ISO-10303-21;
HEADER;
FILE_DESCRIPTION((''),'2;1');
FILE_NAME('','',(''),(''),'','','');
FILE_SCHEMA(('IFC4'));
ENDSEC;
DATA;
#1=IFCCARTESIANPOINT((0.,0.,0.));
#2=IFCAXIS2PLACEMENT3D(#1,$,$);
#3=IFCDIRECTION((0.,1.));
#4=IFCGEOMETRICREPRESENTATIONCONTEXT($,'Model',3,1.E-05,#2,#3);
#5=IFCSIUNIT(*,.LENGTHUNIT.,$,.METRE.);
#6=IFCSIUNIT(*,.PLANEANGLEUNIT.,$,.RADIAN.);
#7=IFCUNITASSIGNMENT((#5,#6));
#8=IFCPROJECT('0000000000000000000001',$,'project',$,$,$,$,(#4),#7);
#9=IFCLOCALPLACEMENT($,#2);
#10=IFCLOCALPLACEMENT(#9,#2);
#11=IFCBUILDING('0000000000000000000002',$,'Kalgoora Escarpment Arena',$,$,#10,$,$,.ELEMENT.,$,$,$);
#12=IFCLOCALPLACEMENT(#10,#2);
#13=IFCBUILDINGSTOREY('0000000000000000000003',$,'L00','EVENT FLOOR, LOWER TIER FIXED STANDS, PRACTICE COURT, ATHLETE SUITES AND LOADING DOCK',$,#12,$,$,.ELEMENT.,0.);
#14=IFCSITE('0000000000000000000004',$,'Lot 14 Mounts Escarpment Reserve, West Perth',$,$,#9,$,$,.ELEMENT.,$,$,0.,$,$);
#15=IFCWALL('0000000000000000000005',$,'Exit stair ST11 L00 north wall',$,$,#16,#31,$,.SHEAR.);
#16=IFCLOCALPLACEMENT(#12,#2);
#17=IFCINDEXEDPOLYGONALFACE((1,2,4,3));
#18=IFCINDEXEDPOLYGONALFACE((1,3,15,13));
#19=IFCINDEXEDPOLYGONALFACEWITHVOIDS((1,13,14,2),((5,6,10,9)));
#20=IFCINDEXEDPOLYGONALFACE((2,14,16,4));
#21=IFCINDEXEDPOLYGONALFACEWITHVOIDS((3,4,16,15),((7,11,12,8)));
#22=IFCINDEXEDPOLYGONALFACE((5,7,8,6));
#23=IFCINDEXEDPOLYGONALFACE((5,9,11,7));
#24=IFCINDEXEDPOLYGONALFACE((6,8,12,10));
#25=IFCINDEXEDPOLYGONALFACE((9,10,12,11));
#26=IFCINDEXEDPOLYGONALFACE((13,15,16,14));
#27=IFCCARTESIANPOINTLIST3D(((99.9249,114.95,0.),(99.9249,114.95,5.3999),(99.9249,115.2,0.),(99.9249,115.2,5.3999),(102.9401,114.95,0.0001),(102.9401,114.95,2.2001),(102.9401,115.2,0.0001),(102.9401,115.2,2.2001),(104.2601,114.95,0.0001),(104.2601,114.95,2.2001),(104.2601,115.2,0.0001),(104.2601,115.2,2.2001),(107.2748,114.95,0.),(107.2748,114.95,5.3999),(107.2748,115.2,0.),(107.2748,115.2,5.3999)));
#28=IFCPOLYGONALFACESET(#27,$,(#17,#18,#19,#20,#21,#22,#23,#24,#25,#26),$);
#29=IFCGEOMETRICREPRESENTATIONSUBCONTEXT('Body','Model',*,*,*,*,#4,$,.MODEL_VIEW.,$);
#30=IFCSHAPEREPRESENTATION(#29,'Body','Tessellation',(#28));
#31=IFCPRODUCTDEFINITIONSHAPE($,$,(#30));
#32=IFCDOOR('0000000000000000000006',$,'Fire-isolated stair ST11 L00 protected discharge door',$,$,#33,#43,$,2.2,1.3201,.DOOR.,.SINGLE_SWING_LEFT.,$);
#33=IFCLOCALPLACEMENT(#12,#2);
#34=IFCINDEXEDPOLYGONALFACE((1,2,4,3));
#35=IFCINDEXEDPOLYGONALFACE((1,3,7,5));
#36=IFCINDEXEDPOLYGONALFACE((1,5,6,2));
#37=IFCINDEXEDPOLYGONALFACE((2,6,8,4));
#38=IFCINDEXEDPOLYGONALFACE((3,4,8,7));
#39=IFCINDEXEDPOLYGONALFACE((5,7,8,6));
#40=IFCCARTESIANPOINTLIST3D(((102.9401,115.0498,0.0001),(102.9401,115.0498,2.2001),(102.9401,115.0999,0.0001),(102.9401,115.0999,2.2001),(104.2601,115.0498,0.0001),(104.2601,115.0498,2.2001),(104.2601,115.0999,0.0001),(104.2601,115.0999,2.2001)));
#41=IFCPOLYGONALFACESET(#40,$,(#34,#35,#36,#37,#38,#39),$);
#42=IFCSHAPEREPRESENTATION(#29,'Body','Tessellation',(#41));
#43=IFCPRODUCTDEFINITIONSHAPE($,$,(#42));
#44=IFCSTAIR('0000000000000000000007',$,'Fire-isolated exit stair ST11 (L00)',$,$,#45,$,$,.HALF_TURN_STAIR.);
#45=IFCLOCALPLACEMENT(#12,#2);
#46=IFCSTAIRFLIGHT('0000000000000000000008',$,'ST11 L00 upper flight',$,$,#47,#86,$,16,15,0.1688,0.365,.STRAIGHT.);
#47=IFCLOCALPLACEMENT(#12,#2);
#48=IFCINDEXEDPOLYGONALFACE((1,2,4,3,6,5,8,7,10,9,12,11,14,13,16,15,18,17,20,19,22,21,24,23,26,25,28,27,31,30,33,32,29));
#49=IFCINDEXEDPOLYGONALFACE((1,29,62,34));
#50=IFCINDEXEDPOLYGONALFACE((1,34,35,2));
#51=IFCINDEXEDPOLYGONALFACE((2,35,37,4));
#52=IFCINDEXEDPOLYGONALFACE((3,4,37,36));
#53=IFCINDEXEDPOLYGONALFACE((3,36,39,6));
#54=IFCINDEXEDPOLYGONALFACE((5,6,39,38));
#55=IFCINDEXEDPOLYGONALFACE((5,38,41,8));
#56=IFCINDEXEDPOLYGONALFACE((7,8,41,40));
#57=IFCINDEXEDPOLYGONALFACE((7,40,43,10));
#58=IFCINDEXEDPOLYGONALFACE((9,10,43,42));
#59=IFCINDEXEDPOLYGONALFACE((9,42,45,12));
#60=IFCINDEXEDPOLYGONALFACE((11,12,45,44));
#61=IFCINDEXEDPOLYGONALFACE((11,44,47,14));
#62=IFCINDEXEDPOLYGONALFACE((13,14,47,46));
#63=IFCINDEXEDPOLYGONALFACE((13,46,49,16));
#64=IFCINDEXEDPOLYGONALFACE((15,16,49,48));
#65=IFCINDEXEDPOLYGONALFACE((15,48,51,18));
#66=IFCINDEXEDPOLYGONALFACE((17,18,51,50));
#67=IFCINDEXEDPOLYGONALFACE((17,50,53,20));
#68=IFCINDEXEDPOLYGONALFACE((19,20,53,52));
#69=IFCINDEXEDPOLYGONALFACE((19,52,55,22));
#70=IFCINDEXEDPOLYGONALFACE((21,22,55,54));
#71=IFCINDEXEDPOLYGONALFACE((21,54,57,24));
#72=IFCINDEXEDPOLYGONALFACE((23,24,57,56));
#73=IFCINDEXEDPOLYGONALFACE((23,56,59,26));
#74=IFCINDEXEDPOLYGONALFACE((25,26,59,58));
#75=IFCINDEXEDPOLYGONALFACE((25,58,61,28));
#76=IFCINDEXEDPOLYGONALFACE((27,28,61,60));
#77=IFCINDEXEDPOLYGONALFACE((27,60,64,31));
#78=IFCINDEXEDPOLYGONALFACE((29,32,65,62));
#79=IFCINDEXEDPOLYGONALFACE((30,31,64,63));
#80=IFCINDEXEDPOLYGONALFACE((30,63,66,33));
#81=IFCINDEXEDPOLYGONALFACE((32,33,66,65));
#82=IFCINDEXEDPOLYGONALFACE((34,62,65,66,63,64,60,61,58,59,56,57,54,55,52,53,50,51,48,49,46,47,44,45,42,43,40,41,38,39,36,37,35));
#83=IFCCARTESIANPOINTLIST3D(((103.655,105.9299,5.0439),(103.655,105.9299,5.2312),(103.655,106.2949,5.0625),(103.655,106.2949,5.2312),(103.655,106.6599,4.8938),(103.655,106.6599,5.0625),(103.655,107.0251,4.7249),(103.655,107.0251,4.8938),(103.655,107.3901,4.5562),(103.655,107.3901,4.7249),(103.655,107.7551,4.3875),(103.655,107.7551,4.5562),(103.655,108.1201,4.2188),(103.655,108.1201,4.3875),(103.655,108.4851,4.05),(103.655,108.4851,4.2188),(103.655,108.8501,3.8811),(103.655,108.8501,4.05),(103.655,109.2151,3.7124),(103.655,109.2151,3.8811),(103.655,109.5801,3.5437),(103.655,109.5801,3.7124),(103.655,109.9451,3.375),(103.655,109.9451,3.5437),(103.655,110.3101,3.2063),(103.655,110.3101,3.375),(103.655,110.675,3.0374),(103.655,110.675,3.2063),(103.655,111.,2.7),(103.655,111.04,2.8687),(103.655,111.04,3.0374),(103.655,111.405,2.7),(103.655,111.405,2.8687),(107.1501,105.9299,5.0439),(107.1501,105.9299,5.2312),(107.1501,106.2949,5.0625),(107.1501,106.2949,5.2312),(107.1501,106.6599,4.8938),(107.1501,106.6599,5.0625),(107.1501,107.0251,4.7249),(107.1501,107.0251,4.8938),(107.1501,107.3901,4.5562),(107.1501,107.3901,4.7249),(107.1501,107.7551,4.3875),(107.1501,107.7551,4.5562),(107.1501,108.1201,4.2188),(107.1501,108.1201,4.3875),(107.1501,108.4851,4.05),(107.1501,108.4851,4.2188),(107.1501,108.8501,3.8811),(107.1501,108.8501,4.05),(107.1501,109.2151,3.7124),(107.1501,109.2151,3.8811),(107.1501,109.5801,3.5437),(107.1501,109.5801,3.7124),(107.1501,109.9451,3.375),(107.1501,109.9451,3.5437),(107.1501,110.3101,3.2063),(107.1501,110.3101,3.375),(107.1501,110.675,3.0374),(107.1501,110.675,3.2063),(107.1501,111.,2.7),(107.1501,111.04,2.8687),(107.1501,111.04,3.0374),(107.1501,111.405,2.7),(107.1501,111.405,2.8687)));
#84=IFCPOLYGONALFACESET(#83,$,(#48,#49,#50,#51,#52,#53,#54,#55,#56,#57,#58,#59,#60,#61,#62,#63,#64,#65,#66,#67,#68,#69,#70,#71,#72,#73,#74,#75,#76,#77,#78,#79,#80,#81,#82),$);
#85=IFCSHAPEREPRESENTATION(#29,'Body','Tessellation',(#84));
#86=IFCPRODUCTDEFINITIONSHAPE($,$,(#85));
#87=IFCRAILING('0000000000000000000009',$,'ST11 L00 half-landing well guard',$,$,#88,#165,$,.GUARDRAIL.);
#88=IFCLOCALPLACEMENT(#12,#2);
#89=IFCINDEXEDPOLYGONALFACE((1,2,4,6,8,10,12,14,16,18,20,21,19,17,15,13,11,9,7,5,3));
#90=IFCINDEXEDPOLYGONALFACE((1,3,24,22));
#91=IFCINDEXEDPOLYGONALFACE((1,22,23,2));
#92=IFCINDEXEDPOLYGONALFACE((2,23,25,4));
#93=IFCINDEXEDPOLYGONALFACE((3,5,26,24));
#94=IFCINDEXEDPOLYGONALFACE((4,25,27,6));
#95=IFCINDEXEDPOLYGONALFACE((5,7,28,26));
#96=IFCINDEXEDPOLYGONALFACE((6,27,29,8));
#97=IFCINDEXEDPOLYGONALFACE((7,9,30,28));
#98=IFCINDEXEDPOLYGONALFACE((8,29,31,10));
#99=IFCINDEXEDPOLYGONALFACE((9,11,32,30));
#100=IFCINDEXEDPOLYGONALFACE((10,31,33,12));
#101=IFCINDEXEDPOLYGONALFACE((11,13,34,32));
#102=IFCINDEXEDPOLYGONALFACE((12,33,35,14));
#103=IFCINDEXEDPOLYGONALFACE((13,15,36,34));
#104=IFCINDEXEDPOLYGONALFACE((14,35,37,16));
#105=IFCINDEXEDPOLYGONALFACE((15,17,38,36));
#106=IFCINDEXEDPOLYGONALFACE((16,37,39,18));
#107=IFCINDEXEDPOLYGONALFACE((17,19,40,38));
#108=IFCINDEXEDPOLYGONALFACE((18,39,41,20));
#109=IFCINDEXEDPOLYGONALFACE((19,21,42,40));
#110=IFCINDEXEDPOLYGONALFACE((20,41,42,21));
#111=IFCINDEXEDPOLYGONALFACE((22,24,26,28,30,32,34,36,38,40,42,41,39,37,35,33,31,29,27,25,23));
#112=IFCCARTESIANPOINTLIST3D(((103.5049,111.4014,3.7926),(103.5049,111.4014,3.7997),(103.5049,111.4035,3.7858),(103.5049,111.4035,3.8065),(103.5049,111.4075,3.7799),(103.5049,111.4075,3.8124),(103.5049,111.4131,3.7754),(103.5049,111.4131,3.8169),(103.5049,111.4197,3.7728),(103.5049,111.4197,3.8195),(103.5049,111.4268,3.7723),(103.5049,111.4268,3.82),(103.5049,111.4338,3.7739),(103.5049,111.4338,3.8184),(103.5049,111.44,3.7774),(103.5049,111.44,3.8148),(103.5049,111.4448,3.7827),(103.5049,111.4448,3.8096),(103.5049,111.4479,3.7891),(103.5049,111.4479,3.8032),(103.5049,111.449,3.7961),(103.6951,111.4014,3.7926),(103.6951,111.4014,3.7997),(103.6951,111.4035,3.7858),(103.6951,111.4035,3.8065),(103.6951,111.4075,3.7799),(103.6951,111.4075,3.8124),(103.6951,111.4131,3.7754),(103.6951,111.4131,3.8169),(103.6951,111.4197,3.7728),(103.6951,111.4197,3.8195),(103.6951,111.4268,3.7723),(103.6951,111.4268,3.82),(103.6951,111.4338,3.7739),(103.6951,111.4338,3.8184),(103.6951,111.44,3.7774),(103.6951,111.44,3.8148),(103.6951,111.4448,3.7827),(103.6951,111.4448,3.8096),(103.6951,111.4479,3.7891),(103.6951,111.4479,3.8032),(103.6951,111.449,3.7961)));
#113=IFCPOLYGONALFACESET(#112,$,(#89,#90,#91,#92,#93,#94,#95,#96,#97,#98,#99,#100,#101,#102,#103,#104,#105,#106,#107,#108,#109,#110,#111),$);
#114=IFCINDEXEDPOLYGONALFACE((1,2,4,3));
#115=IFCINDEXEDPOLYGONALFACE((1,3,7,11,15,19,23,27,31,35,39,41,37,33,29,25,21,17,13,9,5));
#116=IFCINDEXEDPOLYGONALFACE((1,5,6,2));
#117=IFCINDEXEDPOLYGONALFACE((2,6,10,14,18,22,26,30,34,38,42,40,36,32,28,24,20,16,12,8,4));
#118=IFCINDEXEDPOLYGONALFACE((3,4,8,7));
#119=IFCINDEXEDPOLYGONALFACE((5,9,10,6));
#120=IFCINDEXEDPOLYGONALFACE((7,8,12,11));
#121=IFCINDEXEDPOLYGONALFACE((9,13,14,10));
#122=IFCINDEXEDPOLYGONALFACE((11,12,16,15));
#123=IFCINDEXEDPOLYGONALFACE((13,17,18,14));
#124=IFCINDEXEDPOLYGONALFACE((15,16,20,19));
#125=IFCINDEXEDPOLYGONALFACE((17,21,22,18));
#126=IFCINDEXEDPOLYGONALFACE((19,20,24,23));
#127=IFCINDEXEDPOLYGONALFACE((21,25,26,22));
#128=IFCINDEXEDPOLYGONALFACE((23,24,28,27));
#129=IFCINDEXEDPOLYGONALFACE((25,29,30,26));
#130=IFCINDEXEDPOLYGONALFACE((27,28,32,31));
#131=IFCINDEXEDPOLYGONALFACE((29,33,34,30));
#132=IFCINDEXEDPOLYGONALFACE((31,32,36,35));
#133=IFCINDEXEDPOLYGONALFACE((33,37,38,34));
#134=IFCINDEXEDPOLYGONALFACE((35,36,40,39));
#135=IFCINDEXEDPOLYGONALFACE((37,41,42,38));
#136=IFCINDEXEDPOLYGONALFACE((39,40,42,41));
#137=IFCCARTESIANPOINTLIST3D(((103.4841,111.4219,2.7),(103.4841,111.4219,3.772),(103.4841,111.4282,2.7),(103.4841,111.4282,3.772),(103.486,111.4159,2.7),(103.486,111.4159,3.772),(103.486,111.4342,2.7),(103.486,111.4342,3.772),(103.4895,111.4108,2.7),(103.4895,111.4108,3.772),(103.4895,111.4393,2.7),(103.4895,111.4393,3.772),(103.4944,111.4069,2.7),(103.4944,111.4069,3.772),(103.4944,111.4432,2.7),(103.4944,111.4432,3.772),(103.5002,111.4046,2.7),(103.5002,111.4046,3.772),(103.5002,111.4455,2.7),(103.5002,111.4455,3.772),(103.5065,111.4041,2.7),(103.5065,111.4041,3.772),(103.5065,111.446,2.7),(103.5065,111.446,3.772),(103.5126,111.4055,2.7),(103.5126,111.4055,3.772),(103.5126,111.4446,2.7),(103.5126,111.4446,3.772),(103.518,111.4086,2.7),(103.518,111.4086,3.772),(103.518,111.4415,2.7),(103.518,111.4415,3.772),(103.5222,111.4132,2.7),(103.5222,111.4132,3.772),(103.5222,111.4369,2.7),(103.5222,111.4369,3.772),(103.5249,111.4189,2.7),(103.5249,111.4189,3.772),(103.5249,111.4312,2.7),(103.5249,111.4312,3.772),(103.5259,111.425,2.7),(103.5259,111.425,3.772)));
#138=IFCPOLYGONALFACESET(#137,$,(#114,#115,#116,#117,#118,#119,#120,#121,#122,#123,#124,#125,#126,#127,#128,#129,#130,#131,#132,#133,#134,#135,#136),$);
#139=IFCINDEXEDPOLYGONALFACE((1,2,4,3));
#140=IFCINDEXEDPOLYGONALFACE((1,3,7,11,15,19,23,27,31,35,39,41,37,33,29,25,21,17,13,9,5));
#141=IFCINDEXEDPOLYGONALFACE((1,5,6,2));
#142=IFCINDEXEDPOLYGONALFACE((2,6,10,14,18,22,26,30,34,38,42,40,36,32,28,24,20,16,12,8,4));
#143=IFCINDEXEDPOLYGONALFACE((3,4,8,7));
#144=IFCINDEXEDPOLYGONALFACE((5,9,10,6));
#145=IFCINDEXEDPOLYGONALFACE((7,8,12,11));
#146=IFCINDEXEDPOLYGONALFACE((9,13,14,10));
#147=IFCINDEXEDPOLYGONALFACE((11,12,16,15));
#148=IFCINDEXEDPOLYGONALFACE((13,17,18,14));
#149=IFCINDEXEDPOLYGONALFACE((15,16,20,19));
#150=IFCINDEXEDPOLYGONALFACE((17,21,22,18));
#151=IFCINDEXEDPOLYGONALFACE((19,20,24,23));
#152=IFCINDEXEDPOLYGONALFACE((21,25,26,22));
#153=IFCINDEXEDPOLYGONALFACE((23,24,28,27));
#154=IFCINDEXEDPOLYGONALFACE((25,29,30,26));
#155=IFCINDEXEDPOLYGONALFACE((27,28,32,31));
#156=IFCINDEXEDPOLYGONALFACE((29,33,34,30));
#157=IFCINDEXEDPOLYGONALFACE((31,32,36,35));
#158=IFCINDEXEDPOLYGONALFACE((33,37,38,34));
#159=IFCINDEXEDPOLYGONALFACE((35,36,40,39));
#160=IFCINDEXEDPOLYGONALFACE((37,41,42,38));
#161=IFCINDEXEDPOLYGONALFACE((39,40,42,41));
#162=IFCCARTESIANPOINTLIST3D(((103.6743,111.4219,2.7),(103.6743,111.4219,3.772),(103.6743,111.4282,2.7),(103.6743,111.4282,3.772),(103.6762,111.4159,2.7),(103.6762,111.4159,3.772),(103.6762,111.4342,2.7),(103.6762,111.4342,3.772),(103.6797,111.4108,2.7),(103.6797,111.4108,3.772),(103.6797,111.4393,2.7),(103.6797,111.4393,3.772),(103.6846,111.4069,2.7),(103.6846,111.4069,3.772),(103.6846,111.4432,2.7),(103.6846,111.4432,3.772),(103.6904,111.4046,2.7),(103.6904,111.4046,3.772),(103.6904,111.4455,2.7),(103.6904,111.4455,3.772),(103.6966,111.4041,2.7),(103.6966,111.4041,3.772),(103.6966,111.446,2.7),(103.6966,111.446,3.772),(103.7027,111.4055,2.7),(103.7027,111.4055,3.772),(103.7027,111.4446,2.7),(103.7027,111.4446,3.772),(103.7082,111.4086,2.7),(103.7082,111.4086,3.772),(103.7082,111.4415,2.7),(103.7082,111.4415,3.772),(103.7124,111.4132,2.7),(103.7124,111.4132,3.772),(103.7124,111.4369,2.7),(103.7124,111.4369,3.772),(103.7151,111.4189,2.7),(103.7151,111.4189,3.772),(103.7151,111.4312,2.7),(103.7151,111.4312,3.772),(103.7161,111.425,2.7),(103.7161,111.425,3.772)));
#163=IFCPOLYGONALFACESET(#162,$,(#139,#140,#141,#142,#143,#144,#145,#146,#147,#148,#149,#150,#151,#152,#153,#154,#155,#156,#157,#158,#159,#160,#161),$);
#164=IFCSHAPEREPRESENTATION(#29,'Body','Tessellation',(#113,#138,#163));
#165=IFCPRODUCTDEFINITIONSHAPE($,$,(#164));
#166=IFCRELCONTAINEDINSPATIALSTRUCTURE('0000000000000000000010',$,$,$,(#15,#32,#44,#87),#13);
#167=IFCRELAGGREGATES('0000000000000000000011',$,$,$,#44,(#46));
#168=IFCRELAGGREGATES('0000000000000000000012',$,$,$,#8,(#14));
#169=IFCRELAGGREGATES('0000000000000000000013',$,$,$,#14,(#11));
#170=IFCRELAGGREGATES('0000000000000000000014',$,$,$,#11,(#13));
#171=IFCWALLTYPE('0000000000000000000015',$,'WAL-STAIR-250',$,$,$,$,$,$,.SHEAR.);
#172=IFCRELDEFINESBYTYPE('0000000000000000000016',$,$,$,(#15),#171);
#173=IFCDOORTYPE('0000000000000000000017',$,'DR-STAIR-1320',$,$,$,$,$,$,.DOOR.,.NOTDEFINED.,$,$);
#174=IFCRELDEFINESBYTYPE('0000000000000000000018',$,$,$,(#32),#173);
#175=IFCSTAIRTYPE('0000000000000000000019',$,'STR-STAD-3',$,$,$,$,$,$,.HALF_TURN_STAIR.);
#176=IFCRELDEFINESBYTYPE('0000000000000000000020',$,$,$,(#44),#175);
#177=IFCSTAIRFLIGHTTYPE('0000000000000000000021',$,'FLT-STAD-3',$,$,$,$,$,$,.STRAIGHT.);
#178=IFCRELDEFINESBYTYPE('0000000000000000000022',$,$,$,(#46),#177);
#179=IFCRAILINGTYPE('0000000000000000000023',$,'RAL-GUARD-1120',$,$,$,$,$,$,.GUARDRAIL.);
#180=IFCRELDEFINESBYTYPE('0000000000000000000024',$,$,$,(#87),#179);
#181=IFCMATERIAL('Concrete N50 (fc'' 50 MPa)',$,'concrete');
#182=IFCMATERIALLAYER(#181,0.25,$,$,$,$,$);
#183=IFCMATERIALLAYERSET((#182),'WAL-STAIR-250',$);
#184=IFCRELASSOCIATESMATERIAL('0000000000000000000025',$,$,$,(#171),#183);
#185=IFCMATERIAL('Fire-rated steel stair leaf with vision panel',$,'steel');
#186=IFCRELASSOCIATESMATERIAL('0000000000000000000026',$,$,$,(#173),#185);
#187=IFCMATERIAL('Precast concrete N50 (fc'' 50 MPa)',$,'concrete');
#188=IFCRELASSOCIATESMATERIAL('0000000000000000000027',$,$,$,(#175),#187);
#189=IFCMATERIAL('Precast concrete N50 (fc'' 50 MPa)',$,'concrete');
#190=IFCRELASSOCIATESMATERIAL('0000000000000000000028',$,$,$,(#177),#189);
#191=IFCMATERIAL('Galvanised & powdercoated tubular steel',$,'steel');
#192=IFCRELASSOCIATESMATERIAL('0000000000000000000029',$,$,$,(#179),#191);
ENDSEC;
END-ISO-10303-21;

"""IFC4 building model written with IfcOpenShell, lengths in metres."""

from ifc_helpers import new_model, si_unit, direction, frame, frame_2d, origin, origin_2d, place, context, subcontext, project, spatial, polyline, rectangle, circle, outline, extrude, material, layer, layer_set, type_object, element, fill, aggregate, save


model = new_model("IFC4")

# Units and contexts
model_context = context("Model", 3, precision=1e-05, world=origin(), true_north=direction((0.0, 1.0)))
body_context = subcontext(model_context, "Body", "Model", "MODEL_VIEW")
ifc_project = project(units=[si_unit("LENGTHUNIT", "METRE"), si_unit("PLANEANGLEUNIT", "RADIAN")], contexts=[model_context])

# Site, building, storey
site_placement = place(None, origin())
site = spatial("IfcSite", under=ifc_project, at=site_placement, Name="Lot 14 Mounts Escarpment Reserve, West Perth", CompositionType="ELEMENT", RefElevation=0.0)
building_placement = place(site_placement, origin())
building = spatial("IfcBuilding", under=site, at=building_placement, Name="Kalgoora Escarpment Arena", CompositionType="ELEMENT")
storey_placement = place(building_placement, origin())
storey = spatial("IfcBuildingStorey", under=building, at=storey_placement, Name="L00", Description="EVENT FLOOR, LOWER TIER FIXED STANDS, PRACTICE COURT, ATHLETE SUITES AND LOADING DOCK", CompositionType="ELEMENT", Elevation=0.0)

# Wall, opening, door
ifc_material_1 = material(Name="Concrete N50 (fc' 50 MPa)", Category="concrete")
ifc_layer_1 = layer(ifc_material_1, 0.25)
ifc_layer_set_1 = layer_set([ifc_layer_1], Name="WAL-STAIR-250")
wall_type_1 = type_object("IfcWallType", Name="WAL-STAIR-250", PredefinedType="SHEAR", material=ifc_layer_set_1)
wall_1_placement = place(storey_placement, frame((99.925, 115.075, 0.0), z_axis=(0.0, 0.0, 1.0), x_axis=(1.0, 0.0, 0.0)))
wall_1 = element("IfcWall", 1, at=wall_1_placement, inside=storey, type_object=wall_type_1, Name="Exit stair ST11 L00 north wall", PredefinedType="SHEAR", context=body_context, shape_type="SweptSolid", body=[
    extrude(rectangle(XDim=7.3499, YDim=0.25, at=frame_2d((3.6748, 0.0))), origin(), (0.0, 0.0, 1.0), 5.3999),
])
opening_placement = place(wall_1_placement, frame((3.0149, 0.0, 0.0)))
opening = element("IfcOpeningElement", 2, at=opening_placement, cuts=wall_1, PredefinedType="OPENING", context=body_context, shape_type="SweptSolid", body=[
    extrude(rectangle(XDim=1.3201, YDim=2.2, at=frame_2d((0.6602, 1.1001))), frame((0.0, 0.135, 0.0), z_axis=(0.0, -1.0, 0.0), x_axis=(1.0, 0.0, 0.0)), (0.0, 0.0, 1.0), 0.27),
])
ifc_material_2 = material(Name="Fire-rated steel stair leaf with vision panel", Category="steel")
door_type = type_object("IfcDoorType", Name="DR-STAIR-1320", OperationType="NOTDEFINED", PredefinedType="DOOR", material=ifc_material_2)
door_placement = place(opening_placement, origin())
door = element("IfcDoor", 3, at=door_placement, inside=storey, type_object=door_type, Name="Fire-isolated stair ST11 L00 protected discharge door", OperationType="SINGLE_SWING_LEFT", OverallHeight=2.2, OverallWidth=1.3201, PredefinedType="DOOR", context=body_context, shape_type="SweptSolid", body=[
    extrude(rectangle(XDim=1.3201, YDim=2.2, at=frame_2d((0.6602, 1.1001))), frame((0.0, 0.0249, 0.0), z_axis=(0.0, -1.0, 0.0), x_axis=(1.0, 0.0, 0.0)), (0.0, 0.0, 1.0), 0.05),
])
fill(opening, door)

# Stair, stair flight
ifc_material_3 = material(Name="Precast concrete N50 (fc' 50 MPa)", Category="concrete")
stair_type = type_object("IfcStairType", Name="STR-STAD-3", PredefinedType="HALF_TURN_STAIR", material=ifc_material_3)
stair_placement = place(storey_placement, origin())
stair = element("IfcStair", 4, at=stair_placement, inside=storey, type_object=stair_type, Name="Fire-isolated exit stair ST11 (L00)", PredefinedType="HALF_TURN_STAIR")
ifc_material_4 = material(Name="Precast concrete N50 (fc' 50 MPa)", Category="concrete")
stair_flight_type = type_object("IfcStairFlightType", Name="FLT-STAD-3", PredefinedType="STRAIGHT", material=ifc_material_4)
stair_flight_placement = place(storey_placement, frame((105.4026, 111.405, 2.7), z_axis=(0.0, 0.0, 1.0), x_axis=(0.0, -1.0, 0.0)))
stair_flight = element("IfcStairFlight", 5, at=stair_flight_placement, type_object=stair_flight_type, Name="ST11 L00 upper flight", NumberOfRisers=16, NumberOfTreads=15, PredefinedType="STRAIGHT", RiserHeight=0.1688, TreadLength=0.365, context=body_context, shape_type="SweptSolid", body=[
    extrude(outline(polyline([(0.0, 0.0), (0.0, 0.1687), (0.365, 0.1687), (0.365, 0.3374), (0.73, 0.3374), (0.73, 0.5063), (1.095, 0.5063), (1.095, 0.675), (1.46, 0.675), (1.46, 0.8438), (1.825, 0.8438), (1.825, 1.0125), (2.1899, 1.0125), (2.1899, 1.1812), (2.5549, 1.1812), (2.5549, 1.3501), (2.9199, 1.3501), (2.9199, 1.5188), (3.2849, 1.5188), (3.2849, 1.6875), (3.6499, 1.6875), (3.6499, 1.8562), (4.0149, 1.8562), (4.0149, 2.0249), (4.3799, 2.0249), (4.3799, 2.1938), (4.7451, 2.1938), (4.7451, 2.3625), (5.1101, 2.3625), (5.1101, 2.5312), (5.4751, 2.5312), (5.4751, 2.7), (5.4751, 2.344), (0.405, 0.0), (0.0, 0.0)])), frame((0.0, 1.7476, 0.0), z_axis=(0.0, -1.0, 0.0), x_axis=(1.0, 0.0, 0.0)), (0.0, 0.0, 1.0), 3.4951),
])
aggregate(stair, [stair_flight])

# Railing
ifc_material_5 = material(Name="Galvanised & powdercoated tubular steel", Category="steel")
railing_type_1 = type_object("IfcRailingType", Name="RAL-GUARD-1120", PredefinedType="GUARDRAIL", material=ifc_material_5)
railing_placement = place(storey_placement, frame((103.5049, 111.425, 2.7)))
element("IfcRailing", 6, at=railing_placement, inside=storey, type_object=railing_type_1, Name="ST11 L00 half-landing well guard", PredefinedType="GUARDRAIL", context=body_context, shape_type="SweptSolid", body=[
    extrude(circle(Radius=0.0239, at=origin_2d()), frame((0.0, 0.0, 1.0962), z_axis=(1.0, 0.0, 0.0), x_axis=(0.0, 1.0, 0.0)), (0.0, 0.0, 1.0), 0.1902),
    extrude(circle(Radius=0.021, at=origin_2d()), origin(), (0.0, 0.0, 1.0), 1.072),
    extrude(circle(Radius=0.021, at=origin_2d()), frame((0.1902, 0.0, 0.0)), (0.0, 0.0, 1.0), 1.072),
])

save(model, "model.ifc")
